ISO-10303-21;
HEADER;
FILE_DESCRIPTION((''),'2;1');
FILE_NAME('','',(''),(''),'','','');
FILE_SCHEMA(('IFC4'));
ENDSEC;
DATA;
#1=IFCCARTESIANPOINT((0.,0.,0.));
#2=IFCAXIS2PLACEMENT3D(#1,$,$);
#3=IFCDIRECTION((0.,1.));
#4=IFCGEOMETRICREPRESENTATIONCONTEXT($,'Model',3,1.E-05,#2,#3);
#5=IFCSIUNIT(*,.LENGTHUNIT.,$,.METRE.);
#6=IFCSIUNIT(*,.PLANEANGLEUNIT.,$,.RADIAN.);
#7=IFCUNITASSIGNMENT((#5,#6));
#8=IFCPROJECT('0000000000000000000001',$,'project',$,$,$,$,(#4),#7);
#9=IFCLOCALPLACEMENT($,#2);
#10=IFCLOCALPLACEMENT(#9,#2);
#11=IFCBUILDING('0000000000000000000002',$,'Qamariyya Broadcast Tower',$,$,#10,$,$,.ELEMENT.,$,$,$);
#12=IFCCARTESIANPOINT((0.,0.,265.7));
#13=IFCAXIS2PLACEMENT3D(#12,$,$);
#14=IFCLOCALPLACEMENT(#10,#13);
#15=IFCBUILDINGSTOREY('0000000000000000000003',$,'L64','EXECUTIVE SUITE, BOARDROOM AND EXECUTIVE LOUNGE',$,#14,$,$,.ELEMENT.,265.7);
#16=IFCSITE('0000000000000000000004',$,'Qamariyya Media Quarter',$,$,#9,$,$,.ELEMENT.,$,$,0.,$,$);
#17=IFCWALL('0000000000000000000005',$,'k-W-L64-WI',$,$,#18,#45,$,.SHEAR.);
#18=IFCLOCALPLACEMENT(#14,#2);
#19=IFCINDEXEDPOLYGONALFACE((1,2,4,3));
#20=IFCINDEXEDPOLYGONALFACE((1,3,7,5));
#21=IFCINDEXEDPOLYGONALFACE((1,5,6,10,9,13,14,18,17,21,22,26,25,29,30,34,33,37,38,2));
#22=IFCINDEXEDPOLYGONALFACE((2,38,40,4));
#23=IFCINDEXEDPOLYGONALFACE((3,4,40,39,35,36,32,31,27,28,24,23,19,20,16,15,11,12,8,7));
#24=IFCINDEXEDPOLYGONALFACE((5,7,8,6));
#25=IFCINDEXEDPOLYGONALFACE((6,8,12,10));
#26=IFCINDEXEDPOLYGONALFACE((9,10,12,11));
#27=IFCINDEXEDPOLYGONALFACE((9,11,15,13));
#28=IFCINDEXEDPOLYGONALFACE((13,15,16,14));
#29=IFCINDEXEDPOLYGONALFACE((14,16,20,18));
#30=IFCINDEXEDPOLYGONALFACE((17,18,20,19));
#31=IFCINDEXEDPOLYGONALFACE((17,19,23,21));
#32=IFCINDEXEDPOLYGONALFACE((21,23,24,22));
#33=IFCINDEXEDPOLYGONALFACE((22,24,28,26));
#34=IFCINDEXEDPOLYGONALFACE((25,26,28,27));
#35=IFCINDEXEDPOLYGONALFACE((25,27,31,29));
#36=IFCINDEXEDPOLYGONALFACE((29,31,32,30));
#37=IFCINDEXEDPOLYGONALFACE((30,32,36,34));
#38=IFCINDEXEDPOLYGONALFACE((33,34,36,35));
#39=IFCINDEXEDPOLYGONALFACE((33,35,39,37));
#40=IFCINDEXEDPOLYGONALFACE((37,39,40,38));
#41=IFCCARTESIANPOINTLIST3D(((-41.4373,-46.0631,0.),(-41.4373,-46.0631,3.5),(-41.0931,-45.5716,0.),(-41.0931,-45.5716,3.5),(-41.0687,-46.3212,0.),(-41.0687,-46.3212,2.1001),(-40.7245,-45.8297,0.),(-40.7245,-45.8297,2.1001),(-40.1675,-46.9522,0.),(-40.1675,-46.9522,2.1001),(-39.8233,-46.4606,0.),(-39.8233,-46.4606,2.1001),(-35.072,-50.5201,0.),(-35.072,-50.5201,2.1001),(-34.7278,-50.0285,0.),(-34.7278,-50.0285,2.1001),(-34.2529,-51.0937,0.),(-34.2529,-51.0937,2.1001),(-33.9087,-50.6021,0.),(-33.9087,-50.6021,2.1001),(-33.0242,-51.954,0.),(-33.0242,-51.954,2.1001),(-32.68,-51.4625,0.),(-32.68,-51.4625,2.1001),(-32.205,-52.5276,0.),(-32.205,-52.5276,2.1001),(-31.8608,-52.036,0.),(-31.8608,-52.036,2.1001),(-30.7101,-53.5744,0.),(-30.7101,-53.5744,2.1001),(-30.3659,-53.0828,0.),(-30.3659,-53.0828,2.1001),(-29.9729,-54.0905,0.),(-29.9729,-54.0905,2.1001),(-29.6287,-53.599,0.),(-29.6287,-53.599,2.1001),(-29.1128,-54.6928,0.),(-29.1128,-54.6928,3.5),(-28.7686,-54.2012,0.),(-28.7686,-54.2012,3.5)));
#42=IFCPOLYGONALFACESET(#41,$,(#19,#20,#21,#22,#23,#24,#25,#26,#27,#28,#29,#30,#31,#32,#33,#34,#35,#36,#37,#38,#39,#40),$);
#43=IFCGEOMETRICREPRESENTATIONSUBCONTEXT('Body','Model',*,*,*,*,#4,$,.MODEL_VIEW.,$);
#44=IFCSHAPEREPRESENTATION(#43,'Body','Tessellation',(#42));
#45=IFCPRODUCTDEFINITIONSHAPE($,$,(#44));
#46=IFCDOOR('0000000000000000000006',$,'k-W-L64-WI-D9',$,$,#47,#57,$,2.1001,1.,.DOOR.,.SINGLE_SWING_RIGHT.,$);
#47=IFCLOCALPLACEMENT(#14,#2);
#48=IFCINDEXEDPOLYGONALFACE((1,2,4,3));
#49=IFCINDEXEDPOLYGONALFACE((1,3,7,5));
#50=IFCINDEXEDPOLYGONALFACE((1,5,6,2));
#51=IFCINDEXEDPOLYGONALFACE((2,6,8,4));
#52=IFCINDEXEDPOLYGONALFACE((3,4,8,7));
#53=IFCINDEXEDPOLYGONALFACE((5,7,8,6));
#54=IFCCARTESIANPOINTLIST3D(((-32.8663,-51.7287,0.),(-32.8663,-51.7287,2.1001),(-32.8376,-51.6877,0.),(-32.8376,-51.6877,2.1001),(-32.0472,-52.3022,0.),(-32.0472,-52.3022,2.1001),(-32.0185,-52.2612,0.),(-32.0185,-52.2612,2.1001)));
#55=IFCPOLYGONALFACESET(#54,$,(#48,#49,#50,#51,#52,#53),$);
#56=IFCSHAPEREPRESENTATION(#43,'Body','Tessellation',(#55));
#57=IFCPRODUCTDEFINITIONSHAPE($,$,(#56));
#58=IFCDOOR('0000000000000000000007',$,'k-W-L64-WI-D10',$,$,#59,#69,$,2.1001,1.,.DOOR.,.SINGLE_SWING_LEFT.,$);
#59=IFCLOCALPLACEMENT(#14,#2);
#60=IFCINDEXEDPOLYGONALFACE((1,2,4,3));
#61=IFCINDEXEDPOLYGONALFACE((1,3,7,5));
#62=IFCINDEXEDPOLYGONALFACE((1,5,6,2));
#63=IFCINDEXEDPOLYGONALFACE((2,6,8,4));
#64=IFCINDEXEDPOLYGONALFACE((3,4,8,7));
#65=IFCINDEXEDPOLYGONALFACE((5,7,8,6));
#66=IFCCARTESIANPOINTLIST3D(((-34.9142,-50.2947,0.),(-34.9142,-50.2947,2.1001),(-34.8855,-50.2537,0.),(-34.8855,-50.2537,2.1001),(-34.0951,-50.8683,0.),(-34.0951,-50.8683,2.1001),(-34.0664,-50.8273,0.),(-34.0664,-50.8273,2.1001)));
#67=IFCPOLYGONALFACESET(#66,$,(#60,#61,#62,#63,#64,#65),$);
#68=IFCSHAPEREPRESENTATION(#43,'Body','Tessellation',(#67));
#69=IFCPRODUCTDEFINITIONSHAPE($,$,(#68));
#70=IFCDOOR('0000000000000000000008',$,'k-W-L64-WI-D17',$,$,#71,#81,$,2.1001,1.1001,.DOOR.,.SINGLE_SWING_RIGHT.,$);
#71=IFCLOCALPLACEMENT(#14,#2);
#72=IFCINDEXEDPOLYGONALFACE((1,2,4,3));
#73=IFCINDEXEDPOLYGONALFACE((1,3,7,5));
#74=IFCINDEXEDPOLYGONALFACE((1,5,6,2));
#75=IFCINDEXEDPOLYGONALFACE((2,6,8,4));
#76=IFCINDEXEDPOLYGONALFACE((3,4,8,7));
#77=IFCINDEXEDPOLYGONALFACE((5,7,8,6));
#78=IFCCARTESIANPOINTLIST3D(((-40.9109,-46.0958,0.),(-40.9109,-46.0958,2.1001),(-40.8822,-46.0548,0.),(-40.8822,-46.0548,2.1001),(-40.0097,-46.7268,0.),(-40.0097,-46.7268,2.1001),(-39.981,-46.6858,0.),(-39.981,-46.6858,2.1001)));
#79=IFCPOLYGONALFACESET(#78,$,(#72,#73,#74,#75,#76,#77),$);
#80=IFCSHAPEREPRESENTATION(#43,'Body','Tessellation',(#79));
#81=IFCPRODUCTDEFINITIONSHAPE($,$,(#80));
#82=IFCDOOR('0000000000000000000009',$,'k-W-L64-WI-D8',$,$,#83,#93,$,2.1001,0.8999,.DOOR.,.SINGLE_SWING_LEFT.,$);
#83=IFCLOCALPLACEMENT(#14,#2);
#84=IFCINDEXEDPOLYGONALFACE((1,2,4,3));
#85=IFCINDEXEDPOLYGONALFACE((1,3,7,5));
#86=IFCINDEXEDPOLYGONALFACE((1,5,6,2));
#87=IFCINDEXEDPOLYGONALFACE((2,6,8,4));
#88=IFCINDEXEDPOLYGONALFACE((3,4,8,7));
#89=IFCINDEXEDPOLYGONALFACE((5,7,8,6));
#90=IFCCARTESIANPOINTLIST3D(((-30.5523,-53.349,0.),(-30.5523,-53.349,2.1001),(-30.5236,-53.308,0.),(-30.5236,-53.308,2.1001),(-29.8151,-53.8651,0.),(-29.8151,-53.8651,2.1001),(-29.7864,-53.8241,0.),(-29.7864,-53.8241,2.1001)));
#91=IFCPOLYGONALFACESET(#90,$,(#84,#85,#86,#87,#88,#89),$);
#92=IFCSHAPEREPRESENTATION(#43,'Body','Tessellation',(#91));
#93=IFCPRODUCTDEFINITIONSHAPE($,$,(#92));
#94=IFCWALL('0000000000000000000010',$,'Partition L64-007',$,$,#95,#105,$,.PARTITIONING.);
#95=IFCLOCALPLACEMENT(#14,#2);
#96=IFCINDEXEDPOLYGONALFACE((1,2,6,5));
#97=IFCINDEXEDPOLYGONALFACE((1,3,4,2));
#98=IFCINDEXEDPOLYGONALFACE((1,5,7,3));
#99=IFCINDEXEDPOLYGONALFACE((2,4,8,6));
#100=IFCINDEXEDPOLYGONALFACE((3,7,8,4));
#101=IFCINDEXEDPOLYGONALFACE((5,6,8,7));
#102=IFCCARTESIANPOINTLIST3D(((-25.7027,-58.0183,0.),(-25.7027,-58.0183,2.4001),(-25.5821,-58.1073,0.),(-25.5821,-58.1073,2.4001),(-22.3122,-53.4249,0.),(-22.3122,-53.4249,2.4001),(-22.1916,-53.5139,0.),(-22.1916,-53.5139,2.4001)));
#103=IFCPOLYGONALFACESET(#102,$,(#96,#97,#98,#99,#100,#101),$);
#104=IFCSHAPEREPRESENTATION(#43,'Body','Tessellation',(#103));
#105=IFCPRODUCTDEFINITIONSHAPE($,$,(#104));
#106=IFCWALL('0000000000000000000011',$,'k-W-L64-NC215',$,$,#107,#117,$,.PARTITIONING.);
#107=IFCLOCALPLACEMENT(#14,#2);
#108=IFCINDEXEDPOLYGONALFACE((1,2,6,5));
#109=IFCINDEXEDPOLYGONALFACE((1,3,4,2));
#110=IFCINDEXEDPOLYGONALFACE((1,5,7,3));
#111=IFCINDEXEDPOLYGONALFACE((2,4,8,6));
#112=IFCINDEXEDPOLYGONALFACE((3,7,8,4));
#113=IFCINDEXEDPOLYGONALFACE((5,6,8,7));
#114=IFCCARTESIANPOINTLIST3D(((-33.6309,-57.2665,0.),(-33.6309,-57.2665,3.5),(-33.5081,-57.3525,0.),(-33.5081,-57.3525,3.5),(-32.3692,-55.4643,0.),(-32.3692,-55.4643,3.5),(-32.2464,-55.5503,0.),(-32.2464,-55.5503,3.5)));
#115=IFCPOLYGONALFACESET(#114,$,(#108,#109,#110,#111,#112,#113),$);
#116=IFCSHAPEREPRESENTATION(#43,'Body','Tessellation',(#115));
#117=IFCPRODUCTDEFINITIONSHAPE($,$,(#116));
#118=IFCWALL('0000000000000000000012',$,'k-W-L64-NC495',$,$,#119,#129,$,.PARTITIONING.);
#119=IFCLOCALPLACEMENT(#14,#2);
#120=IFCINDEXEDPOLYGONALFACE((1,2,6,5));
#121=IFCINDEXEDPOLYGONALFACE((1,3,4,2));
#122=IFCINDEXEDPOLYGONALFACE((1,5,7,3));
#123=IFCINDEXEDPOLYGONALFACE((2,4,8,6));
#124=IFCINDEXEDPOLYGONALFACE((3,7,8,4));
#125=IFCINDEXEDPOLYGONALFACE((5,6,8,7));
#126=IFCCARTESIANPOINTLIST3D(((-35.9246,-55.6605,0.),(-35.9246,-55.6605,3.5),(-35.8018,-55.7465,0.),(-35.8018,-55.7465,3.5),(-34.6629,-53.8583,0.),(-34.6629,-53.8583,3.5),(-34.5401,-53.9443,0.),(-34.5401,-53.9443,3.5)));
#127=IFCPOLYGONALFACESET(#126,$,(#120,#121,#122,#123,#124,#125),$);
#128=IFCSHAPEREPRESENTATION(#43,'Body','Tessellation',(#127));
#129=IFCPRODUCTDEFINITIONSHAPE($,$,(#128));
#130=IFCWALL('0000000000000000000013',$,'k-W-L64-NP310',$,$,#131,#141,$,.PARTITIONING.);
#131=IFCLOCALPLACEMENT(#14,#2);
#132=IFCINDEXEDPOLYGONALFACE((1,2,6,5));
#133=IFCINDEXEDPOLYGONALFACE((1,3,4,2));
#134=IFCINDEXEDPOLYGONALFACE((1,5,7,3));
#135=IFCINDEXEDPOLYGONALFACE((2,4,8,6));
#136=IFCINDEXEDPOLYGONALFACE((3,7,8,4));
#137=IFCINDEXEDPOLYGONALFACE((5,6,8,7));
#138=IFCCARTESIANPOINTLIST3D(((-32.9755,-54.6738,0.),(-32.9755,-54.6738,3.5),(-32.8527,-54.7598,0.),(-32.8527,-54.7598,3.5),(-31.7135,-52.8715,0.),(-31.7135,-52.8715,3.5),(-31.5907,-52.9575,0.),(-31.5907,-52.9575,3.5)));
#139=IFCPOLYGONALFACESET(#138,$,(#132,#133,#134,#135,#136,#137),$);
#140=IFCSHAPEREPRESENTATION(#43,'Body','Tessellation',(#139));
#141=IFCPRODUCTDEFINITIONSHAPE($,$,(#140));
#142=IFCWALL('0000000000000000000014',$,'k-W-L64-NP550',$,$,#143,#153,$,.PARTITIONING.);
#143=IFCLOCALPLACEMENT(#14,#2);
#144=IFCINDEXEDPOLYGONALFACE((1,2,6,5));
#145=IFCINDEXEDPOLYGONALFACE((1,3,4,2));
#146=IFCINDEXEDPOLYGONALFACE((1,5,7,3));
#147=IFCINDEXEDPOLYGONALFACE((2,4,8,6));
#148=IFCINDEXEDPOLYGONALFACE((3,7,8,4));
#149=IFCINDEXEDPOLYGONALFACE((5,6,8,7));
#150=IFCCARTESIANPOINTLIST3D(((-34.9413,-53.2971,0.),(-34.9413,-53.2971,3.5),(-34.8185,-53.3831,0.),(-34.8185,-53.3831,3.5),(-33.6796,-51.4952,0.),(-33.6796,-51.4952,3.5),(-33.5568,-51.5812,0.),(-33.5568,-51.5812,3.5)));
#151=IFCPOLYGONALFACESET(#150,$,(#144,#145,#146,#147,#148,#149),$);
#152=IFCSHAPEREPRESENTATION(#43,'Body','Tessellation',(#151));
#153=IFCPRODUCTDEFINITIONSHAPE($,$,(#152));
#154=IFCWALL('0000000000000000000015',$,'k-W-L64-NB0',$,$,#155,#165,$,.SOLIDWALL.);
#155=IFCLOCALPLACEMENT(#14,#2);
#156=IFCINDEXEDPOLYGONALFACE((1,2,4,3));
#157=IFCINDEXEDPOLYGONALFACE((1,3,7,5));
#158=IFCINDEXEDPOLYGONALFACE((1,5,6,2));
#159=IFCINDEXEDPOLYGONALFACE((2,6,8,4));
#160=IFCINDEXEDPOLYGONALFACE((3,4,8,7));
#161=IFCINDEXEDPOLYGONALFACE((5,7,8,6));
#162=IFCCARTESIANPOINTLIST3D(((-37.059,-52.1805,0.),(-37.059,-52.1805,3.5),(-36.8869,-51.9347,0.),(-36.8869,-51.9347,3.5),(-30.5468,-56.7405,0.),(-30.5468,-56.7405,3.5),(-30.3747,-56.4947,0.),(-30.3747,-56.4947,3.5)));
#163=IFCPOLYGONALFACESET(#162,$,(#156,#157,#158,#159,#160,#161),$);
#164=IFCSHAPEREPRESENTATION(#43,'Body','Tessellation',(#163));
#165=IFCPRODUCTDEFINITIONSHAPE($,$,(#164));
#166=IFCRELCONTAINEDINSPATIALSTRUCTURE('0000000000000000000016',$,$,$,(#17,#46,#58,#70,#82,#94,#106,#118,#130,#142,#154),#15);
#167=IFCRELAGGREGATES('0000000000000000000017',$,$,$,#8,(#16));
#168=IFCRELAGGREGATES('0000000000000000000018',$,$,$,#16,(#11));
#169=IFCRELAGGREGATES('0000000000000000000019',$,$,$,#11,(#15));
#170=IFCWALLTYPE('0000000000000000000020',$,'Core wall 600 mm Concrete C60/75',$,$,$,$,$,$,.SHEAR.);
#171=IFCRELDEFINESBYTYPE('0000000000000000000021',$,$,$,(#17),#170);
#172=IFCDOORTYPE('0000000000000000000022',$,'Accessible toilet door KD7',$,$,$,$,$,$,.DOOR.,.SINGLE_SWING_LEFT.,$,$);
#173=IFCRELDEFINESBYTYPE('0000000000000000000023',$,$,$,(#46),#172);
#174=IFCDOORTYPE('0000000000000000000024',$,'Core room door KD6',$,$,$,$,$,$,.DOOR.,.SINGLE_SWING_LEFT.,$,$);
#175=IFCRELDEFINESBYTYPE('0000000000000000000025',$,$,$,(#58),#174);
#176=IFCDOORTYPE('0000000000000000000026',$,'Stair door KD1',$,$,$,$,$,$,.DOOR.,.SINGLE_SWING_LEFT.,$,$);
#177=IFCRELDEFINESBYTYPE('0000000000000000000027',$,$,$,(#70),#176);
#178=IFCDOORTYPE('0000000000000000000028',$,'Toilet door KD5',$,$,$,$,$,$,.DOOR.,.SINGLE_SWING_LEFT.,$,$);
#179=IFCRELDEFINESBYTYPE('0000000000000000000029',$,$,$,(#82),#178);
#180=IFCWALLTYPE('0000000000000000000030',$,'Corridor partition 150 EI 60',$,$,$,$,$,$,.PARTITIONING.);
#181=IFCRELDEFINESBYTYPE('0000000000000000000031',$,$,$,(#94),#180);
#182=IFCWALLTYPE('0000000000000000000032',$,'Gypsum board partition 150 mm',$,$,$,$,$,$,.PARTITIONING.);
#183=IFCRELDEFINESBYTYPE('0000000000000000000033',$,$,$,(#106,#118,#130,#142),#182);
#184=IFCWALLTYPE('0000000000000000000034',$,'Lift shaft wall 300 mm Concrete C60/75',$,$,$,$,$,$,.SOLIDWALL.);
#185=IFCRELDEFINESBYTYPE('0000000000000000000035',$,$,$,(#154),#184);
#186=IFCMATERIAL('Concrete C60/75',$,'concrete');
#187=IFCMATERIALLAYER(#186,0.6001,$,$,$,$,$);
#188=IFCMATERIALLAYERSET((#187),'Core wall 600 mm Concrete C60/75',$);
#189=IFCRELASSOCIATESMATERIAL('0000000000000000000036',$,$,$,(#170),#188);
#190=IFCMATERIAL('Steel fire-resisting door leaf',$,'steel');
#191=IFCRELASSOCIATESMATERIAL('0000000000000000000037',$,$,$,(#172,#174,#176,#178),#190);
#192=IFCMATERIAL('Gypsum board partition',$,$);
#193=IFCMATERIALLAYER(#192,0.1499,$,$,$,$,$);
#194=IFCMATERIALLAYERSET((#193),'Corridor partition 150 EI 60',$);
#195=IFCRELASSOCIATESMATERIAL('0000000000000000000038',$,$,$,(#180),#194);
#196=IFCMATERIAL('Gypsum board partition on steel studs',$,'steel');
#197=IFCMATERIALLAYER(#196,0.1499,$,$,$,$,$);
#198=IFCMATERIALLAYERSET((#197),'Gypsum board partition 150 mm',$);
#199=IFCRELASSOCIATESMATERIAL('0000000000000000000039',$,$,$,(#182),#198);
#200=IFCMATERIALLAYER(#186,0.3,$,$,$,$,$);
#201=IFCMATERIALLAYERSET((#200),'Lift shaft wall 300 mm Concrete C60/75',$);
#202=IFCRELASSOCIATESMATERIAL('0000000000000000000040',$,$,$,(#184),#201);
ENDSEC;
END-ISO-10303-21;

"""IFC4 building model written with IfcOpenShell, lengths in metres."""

from ifc_helpers import new_model, si_unit, direction, frame, frame_2d, origin, place, context, subcontext, project, spatial, rectangle, extrude, material, layer, layer_set, type_object, element, fill, save


model = new_model("IFC4")

# Units and contexts
model_context = context("Model", 3, precision=1e-05, world=origin(), true_north=direction((0.0, 1.0)))
body_context = subcontext(model_context, "Body", "Model", "MODEL_VIEW")
ifc_project = project(units=[si_unit("LENGTHUNIT", "METRE"), si_unit("PLANEANGLEUNIT", "RADIAN")], contexts=[model_context])

# Site, building, storey
site_placement = place(None, origin())
site = spatial("IfcSite", under=ifc_project, at=site_placement, Name="Qamariyya Media Quarter", CompositionType="ELEMENT", RefElevation=0.0)
building_placement = place(site_placement, origin())
building = spatial("IfcBuilding", under=site, at=building_placement, Name="Qamariyya Broadcast Tower", CompositionType="ELEMENT")
storey_placement = place(building_placement, frame((0.0, 0.0, 265.7)))
storey = spatial("IfcBuildingStorey", under=building, at=storey_placement, Name="L64", Description="EXECUTIVE SUITE, BOARDROOM AND EXECUTIVE LOUNGE", CompositionType="ELEMENT", Elevation=265.7)

# Wall, openings, doors
ifc_material_1 = material(Name="Concrete C60/75", Category="concrete")
ifc_layer_1 = layer(ifc_material_1, 0.6001)
ifc_layer_set_1 = layer_set([ifc_layer_1], Name="Core wall 600 mm Concrete C60/75")
wall_type_1 = type_object("IfcWallType", Name="Core wall 600 mm Concrete C60/75", PredefinedType="SHEAR", material=ifc_layer_set_1)
wall_1_placement = place(storey_placement, frame((-28.9407, -54.447, 0.0), z_axis=(0.0, 0.0, 1.0), x_axis=(-0.819153, 0.573575, 0.0)))
wall_1 = element("IfcWall", 1, at=wall_1_placement, inside=storey, type_object=wall_type_1, Name="k-W-L64-WI", PredefinedType="SHEAR", context=body_context, shape_type="SweptSolid", body=[
    extrude(rectangle(XDim=15.0454, YDim=0.6001, at=frame_2d((7.5227, 0.0))), origin(), (0.0, 0.0, 1.0), 3.5),
])
opening_1_placement = place(wall_1_placement, frame((1.05, 0.0, 0.0)))
opening_1 = element("IfcOpeningElement", 2, at=opening_1_placement, cuts=wall_1, PredefinedType="OPENING", context=body_context, shape_type="SweptSolid", body=[
    extrude(rectangle(XDim=0.8999, YDim=2.1001, at=frame_2d((0.45, 1.05))), frame((0.0, 0.3101, 0.0), z_axis=(0.0, -1.0, 0.0), x_axis=(1.0, 0.0, 0.0)), (0.0, 0.0, 1.0), 0.6201),
])
opening_2_placement = place(wall_1_placement, frame((3.7749, 0.0, 0.0)))
opening_2 = element("IfcOpeningElement", 3, at=opening_2_placement, cuts=wall_1, PredefinedType="OPENING", context=body_context, shape_type="SweptSolid", body=[
    extrude(rectangle(XDim=1.0, YDim=2.1001, at=frame_2d((0.5, 1.05))), frame((0.0, 0.3101, 0.0), z_axis=(0.0, -1.0, 0.0), x_axis=(1.0, 0.0, 0.0)), (0.0, 0.0, 1.0), 0.6201),
])
opening_3_placement = place(wall_1_placement, frame((6.2749, 0.0, 0.0)))
opening_3 = element("IfcOpeningElement", 4, at=opening_3_placement, cuts=wall_1, PredefinedType="OPENING", context=body_context, shape_type="SweptSolid", body=[
    extrude(rectangle(XDim=1.0, YDim=2.1001, at=frame_2d((0.5, 1.05))), frame((0.0, 0.3101, 0.0), z_axis=(0.0, -1.0, 0.0), x_axis=(1.0, 0.0, 0.0)), (0.0, 0.0, 1.0), 0.6201),
])
opening_4_placement = place(wall_1_placement, frame((13.4954, 0.0, 0.0)))
opening_4 = element("IfcOpeningElement", 5, at=opening_4_placement, cuts=wall_1, PredefinedType="OPENING", context=body_context, shape_type="SweptSolid", body=[
    extrude(rectangle(XDim=1.1001, YDim=2.1001, at=frame_2d((0.55, 1.05))), frame((0.0, 0.3101, 0.0), z_axis=(0.0, -1.0, 0.0), x_axis=(1.0, 0.0, 0.0)), (0.0, 0.0, 1.0), 0.6201),
])
ifc_material_2 = material(Name="Steel fire-resisting door leaf", Category="steel")
door_type_1 = type_object("IfcDoorType", Name="Accessible toilet door KD7", OperationType="SINGLE_SWING_LEFT", PredefinedType="DOOR", material=ifc_material_2)
door_1_placement = place(opening_2_placement, origin())
door_1 = element("IfcDoor", 6, at=door_1_placement, inside=storey, type_object=door_type_1, Name="k-W-L64-WI-D9", OperationType="SINGLE_SWING_RIGHT", OverallHeight=2.1001, OverallWidth=1.0, PredefinedType="DOOR", context=body_context, shape_type="SweptSolid", body=[
    extrude(rectangle(XDim=1.0, YDim=2.1001, at=frame_2d((0.5, 1.05))), frame((0.0, 0.0249, 0.0), z_axis=(0.0, -1.0, 0.0), x_axis=(1.0, 0.0, 0.0)), (0.0, 0.0, 1.0), 0.05),
])
fill(opening_2, door_1)
door_type_2 = type_object("IfcDoorType", Name="Core room door KD6", OperationType="SINGLE_SWING_LEFT", PredefinedType="DOOR", material=ifc_material_2)
door_2_placement = place(opening_3_placement, origin())
door_2 = element("IfcDoor", 7, at=door_2_placement, inside=storey, type_object=door_type_2, Name="k-W-L64-WI-D10", OperationType="SINGLE_SWING_LEFT", OverallHeight=2.1001, OverallWidth=1.0, PredefinedType="DOOR", context=body_context, shape_type="SweptSolid", body=[
    extrude(rectangle(XDim=1.0, YDim=2.1001, at=frame_2d((0.5, 1.05))), frame((0.0, 0.0249, 0.0), z_axis=(0.0, -1.0, 0.0), x_axis=(1.0, 0.0, 0.0)), (0.0, 0.0, 1.0), 0.05),
])
fill(opening_3, door_2)
door_type_3 = type_object("IfcDoorType", Name="Stair door KD1", OperationType="SINGLE_SWING_LEFT", PredefinedType="DOOR", material=ifc_material_2)
door_3_placement = place(opening_4_placement, origin())
door_3 = element("IfcDoor", 8, at=door_3_placement, inside=storey, type_object=door_type_3, Name="k-W-L64-WI-D17", OperationType="SINGLE_SWING_RIGHT", OverallHeight=2.1001, OverallWidth=1.1001, PredefinedType="DOOR", context=body_context, shape_type="SweptSolid", body=[
    extrude(rectangle(XDim=1.1001, YDim=2.1001, at=frame_2d((0.55, 1.05))), frame((0.0, 0.0249, 0.0), z_axis=(0.0, -1.0, 0.0), x_axis=(1.0, 0.0, 0.0)), (0.0, 0.0, 1.0), 0.05),
])
fill(opening_4, door_3)
door_type_4 = type_object("IfcDoorType", Name="Toilet door KD5", OperationType="SINGLE_SWING_LEFT", PredefinedType="DOOR", material=ifc_material_2)
door_4_placement = place(opening_1_placement, origin())
door_4 = element("IfcDoor", 9, at=door_4_placement, inside=storey, type_object=door_type_4, Name="k-W-L64-WI-D8", OperationType="SINGLE_SWING_LEFT", OverallHeight=2.1001, OverallWidth=0.8999, PredefinedType="DOOR", context=body_context, shape_type="SweptSolid", body=[
    extrude(rectangle(XDim=0.8999, YDim=2.1001, at=frame_2d((0.45, 1.05))), frame((0.0, 0.0249, 0.0), z_axis=(0.0, -1.0, 0.0), x_axis=(1.0, 0.0, 0.0)), (0.0, 0.0, 1.0), 0.05),
])
fill(opening_1, door_4)

# Walls
ifc_material_3 = material(Name="Gypsum board partition")
ifc_layer_2 = layer(ifc_material_3, 0.1499)
ifc_layer_set_2 = layer_set([ifc_layer_2], Name="Corridor partition 150 EI 60")
wall_type_2 = type_object("IfcWallType", Name="Corridor partition 150 EI 60", PredefinedType="PARTITIONING", material=ifc_layer_set_2)
wall_2_placement = place(storey_placement, frame((-22.252, -53.4695, 0.0), z_axis=(0.0, 0.0, 1.0), x_axis=(-0.593873, -0.804559, 0.0)))
element("IfcWall", 10, at=wall_2_placement, inside=storey, type_object=wall_type_2, Name="Partition L64-007", PredefinedType="PARTITIONING", context=body_context, shape_type="SweptSolid", body=[
    extrude(rectangle(XDim=5.7092, YDim=0.1499, at=frame_2d((2.8545, 0.0))), origin(), (0.0, 0.0, 1.0), 2.4001),
])
ifc_material_4 = material(Name="Gypsum board partition on steel studs", Category="steel")
ifc_layer_3 = layer(ifc_material_4, 0.1499)
ifc_layer_set_3 = layer_set([ifc_layer_3], Name="Gypsum board partition 150 mm")
wall_type_3 = type_object("IfcWallType", Name="Gypsum board partition 150 mm", PredefinedType="PARTITIONING", material=ifc_layer_set_3)
for number, where, z_axis, x_axis, name in (
    (11, (-33.5696, -57.3096, 0.0), (0.0, 0.0, 1.0), (0.573507, 0.819201, 0.0), "k-W-L64-NC215"),
    (12, (-35.8633, -55.7036, 0.0), (0.0, 0.0, 1.0), (0.573507, 0.819201, 0.0), "k-W-L64-NC495"),
):
    element("IfcWall", number, at=place(storey_placement, frame(where, z_axis=z_axis, x_axis=x_axis)), inside=storey, type_object=wall_type_3, Name=name, PredefinedType="PARTITIONING", context=body_context, shape_type="SweptSolid", body=[
        extrude(rectangle(XDim=2.2, YDim=0.1499, at=frame_2d((1.1001, 0.0))), origin(), (0.0, 0.0, 1.0), 3.5),
    ])
wall_3_placement = place(storey_placement, frame((-32.9141, -54.7168, 0.0), z_axis=(0.0, 0.0, 1.0), x_axis=(0.573581, 0.819149, 0.0)))
element("IfcWall", 13, at=wall_3_placement, inside=storey, type_object=wall_type_3, Name="k-W-L64-NP310", PredefinedType="PARTITIONING", context=body_context, shape_type="SweptSolid", body=[
    extrude(rectangle(XDim=2.2002, YDim=0.1499, at=frame_2d((1.1001, 0.0))), origin(), (0.0, 0.0, 1.0), 3.5),
])
wall_4_placement = place(storey_placement, frame((-34.8799, -53.3401, 0.0), z_axis=(0.0, 0.0, 1.0), x_axis=(0.573559, 0.819164, 0.0)))
element("IfcWall", 14, at=wall_4_placement, inside=storey, type_object=wall_type_3, Name="k-W-L64-NP550", PredefinedType="PARTITIONING", context=body_context, shape_type="SweptSolid", body=[
    extrude(rectangle(XDim=2.1997, YDim=0.1499, at=frame_2d((1.0999, 0.0))), origin(), (0.0, 0.0, 1.0), 3.5),
])
ifc_layer_4 = layer(ifc_material_1, 0.3)
ifc_layer_set_4 = layer_set([ifc_layer_4], Name="Lift shaft wall 300 mm Concrete C60/75")
wall_type_4 = type_object("IfcWallType", Name="Lift shaft wall 300 mm Concrete C60/75", PredefinedType="SOLIDWALL", material=ifc_layer_set_4)
wall_5_placement = place(storey_placement, frame((-30.4607, -56.6177, 0.0), z_axis=(0.0, 0.0, 1.0), x_axis=(-0.819142, 0.57359, 0.0)))
element("IfcWall", 15, at=wall_5_placement, inside=storey, type_object=wall_type_4, Name="k-W-L64-NB0", PredefinedType="SOLIDWALL", context=body_context, shape_type="SweptSolid", body=[
    extrude(rectangle(XDim=7.95, YDim=0.3, at=frame_2d((3.9751, 0.0))), origin(), (0.0, 0.0, 1.0), 3.5),
])

save(model, "model.ifc")
